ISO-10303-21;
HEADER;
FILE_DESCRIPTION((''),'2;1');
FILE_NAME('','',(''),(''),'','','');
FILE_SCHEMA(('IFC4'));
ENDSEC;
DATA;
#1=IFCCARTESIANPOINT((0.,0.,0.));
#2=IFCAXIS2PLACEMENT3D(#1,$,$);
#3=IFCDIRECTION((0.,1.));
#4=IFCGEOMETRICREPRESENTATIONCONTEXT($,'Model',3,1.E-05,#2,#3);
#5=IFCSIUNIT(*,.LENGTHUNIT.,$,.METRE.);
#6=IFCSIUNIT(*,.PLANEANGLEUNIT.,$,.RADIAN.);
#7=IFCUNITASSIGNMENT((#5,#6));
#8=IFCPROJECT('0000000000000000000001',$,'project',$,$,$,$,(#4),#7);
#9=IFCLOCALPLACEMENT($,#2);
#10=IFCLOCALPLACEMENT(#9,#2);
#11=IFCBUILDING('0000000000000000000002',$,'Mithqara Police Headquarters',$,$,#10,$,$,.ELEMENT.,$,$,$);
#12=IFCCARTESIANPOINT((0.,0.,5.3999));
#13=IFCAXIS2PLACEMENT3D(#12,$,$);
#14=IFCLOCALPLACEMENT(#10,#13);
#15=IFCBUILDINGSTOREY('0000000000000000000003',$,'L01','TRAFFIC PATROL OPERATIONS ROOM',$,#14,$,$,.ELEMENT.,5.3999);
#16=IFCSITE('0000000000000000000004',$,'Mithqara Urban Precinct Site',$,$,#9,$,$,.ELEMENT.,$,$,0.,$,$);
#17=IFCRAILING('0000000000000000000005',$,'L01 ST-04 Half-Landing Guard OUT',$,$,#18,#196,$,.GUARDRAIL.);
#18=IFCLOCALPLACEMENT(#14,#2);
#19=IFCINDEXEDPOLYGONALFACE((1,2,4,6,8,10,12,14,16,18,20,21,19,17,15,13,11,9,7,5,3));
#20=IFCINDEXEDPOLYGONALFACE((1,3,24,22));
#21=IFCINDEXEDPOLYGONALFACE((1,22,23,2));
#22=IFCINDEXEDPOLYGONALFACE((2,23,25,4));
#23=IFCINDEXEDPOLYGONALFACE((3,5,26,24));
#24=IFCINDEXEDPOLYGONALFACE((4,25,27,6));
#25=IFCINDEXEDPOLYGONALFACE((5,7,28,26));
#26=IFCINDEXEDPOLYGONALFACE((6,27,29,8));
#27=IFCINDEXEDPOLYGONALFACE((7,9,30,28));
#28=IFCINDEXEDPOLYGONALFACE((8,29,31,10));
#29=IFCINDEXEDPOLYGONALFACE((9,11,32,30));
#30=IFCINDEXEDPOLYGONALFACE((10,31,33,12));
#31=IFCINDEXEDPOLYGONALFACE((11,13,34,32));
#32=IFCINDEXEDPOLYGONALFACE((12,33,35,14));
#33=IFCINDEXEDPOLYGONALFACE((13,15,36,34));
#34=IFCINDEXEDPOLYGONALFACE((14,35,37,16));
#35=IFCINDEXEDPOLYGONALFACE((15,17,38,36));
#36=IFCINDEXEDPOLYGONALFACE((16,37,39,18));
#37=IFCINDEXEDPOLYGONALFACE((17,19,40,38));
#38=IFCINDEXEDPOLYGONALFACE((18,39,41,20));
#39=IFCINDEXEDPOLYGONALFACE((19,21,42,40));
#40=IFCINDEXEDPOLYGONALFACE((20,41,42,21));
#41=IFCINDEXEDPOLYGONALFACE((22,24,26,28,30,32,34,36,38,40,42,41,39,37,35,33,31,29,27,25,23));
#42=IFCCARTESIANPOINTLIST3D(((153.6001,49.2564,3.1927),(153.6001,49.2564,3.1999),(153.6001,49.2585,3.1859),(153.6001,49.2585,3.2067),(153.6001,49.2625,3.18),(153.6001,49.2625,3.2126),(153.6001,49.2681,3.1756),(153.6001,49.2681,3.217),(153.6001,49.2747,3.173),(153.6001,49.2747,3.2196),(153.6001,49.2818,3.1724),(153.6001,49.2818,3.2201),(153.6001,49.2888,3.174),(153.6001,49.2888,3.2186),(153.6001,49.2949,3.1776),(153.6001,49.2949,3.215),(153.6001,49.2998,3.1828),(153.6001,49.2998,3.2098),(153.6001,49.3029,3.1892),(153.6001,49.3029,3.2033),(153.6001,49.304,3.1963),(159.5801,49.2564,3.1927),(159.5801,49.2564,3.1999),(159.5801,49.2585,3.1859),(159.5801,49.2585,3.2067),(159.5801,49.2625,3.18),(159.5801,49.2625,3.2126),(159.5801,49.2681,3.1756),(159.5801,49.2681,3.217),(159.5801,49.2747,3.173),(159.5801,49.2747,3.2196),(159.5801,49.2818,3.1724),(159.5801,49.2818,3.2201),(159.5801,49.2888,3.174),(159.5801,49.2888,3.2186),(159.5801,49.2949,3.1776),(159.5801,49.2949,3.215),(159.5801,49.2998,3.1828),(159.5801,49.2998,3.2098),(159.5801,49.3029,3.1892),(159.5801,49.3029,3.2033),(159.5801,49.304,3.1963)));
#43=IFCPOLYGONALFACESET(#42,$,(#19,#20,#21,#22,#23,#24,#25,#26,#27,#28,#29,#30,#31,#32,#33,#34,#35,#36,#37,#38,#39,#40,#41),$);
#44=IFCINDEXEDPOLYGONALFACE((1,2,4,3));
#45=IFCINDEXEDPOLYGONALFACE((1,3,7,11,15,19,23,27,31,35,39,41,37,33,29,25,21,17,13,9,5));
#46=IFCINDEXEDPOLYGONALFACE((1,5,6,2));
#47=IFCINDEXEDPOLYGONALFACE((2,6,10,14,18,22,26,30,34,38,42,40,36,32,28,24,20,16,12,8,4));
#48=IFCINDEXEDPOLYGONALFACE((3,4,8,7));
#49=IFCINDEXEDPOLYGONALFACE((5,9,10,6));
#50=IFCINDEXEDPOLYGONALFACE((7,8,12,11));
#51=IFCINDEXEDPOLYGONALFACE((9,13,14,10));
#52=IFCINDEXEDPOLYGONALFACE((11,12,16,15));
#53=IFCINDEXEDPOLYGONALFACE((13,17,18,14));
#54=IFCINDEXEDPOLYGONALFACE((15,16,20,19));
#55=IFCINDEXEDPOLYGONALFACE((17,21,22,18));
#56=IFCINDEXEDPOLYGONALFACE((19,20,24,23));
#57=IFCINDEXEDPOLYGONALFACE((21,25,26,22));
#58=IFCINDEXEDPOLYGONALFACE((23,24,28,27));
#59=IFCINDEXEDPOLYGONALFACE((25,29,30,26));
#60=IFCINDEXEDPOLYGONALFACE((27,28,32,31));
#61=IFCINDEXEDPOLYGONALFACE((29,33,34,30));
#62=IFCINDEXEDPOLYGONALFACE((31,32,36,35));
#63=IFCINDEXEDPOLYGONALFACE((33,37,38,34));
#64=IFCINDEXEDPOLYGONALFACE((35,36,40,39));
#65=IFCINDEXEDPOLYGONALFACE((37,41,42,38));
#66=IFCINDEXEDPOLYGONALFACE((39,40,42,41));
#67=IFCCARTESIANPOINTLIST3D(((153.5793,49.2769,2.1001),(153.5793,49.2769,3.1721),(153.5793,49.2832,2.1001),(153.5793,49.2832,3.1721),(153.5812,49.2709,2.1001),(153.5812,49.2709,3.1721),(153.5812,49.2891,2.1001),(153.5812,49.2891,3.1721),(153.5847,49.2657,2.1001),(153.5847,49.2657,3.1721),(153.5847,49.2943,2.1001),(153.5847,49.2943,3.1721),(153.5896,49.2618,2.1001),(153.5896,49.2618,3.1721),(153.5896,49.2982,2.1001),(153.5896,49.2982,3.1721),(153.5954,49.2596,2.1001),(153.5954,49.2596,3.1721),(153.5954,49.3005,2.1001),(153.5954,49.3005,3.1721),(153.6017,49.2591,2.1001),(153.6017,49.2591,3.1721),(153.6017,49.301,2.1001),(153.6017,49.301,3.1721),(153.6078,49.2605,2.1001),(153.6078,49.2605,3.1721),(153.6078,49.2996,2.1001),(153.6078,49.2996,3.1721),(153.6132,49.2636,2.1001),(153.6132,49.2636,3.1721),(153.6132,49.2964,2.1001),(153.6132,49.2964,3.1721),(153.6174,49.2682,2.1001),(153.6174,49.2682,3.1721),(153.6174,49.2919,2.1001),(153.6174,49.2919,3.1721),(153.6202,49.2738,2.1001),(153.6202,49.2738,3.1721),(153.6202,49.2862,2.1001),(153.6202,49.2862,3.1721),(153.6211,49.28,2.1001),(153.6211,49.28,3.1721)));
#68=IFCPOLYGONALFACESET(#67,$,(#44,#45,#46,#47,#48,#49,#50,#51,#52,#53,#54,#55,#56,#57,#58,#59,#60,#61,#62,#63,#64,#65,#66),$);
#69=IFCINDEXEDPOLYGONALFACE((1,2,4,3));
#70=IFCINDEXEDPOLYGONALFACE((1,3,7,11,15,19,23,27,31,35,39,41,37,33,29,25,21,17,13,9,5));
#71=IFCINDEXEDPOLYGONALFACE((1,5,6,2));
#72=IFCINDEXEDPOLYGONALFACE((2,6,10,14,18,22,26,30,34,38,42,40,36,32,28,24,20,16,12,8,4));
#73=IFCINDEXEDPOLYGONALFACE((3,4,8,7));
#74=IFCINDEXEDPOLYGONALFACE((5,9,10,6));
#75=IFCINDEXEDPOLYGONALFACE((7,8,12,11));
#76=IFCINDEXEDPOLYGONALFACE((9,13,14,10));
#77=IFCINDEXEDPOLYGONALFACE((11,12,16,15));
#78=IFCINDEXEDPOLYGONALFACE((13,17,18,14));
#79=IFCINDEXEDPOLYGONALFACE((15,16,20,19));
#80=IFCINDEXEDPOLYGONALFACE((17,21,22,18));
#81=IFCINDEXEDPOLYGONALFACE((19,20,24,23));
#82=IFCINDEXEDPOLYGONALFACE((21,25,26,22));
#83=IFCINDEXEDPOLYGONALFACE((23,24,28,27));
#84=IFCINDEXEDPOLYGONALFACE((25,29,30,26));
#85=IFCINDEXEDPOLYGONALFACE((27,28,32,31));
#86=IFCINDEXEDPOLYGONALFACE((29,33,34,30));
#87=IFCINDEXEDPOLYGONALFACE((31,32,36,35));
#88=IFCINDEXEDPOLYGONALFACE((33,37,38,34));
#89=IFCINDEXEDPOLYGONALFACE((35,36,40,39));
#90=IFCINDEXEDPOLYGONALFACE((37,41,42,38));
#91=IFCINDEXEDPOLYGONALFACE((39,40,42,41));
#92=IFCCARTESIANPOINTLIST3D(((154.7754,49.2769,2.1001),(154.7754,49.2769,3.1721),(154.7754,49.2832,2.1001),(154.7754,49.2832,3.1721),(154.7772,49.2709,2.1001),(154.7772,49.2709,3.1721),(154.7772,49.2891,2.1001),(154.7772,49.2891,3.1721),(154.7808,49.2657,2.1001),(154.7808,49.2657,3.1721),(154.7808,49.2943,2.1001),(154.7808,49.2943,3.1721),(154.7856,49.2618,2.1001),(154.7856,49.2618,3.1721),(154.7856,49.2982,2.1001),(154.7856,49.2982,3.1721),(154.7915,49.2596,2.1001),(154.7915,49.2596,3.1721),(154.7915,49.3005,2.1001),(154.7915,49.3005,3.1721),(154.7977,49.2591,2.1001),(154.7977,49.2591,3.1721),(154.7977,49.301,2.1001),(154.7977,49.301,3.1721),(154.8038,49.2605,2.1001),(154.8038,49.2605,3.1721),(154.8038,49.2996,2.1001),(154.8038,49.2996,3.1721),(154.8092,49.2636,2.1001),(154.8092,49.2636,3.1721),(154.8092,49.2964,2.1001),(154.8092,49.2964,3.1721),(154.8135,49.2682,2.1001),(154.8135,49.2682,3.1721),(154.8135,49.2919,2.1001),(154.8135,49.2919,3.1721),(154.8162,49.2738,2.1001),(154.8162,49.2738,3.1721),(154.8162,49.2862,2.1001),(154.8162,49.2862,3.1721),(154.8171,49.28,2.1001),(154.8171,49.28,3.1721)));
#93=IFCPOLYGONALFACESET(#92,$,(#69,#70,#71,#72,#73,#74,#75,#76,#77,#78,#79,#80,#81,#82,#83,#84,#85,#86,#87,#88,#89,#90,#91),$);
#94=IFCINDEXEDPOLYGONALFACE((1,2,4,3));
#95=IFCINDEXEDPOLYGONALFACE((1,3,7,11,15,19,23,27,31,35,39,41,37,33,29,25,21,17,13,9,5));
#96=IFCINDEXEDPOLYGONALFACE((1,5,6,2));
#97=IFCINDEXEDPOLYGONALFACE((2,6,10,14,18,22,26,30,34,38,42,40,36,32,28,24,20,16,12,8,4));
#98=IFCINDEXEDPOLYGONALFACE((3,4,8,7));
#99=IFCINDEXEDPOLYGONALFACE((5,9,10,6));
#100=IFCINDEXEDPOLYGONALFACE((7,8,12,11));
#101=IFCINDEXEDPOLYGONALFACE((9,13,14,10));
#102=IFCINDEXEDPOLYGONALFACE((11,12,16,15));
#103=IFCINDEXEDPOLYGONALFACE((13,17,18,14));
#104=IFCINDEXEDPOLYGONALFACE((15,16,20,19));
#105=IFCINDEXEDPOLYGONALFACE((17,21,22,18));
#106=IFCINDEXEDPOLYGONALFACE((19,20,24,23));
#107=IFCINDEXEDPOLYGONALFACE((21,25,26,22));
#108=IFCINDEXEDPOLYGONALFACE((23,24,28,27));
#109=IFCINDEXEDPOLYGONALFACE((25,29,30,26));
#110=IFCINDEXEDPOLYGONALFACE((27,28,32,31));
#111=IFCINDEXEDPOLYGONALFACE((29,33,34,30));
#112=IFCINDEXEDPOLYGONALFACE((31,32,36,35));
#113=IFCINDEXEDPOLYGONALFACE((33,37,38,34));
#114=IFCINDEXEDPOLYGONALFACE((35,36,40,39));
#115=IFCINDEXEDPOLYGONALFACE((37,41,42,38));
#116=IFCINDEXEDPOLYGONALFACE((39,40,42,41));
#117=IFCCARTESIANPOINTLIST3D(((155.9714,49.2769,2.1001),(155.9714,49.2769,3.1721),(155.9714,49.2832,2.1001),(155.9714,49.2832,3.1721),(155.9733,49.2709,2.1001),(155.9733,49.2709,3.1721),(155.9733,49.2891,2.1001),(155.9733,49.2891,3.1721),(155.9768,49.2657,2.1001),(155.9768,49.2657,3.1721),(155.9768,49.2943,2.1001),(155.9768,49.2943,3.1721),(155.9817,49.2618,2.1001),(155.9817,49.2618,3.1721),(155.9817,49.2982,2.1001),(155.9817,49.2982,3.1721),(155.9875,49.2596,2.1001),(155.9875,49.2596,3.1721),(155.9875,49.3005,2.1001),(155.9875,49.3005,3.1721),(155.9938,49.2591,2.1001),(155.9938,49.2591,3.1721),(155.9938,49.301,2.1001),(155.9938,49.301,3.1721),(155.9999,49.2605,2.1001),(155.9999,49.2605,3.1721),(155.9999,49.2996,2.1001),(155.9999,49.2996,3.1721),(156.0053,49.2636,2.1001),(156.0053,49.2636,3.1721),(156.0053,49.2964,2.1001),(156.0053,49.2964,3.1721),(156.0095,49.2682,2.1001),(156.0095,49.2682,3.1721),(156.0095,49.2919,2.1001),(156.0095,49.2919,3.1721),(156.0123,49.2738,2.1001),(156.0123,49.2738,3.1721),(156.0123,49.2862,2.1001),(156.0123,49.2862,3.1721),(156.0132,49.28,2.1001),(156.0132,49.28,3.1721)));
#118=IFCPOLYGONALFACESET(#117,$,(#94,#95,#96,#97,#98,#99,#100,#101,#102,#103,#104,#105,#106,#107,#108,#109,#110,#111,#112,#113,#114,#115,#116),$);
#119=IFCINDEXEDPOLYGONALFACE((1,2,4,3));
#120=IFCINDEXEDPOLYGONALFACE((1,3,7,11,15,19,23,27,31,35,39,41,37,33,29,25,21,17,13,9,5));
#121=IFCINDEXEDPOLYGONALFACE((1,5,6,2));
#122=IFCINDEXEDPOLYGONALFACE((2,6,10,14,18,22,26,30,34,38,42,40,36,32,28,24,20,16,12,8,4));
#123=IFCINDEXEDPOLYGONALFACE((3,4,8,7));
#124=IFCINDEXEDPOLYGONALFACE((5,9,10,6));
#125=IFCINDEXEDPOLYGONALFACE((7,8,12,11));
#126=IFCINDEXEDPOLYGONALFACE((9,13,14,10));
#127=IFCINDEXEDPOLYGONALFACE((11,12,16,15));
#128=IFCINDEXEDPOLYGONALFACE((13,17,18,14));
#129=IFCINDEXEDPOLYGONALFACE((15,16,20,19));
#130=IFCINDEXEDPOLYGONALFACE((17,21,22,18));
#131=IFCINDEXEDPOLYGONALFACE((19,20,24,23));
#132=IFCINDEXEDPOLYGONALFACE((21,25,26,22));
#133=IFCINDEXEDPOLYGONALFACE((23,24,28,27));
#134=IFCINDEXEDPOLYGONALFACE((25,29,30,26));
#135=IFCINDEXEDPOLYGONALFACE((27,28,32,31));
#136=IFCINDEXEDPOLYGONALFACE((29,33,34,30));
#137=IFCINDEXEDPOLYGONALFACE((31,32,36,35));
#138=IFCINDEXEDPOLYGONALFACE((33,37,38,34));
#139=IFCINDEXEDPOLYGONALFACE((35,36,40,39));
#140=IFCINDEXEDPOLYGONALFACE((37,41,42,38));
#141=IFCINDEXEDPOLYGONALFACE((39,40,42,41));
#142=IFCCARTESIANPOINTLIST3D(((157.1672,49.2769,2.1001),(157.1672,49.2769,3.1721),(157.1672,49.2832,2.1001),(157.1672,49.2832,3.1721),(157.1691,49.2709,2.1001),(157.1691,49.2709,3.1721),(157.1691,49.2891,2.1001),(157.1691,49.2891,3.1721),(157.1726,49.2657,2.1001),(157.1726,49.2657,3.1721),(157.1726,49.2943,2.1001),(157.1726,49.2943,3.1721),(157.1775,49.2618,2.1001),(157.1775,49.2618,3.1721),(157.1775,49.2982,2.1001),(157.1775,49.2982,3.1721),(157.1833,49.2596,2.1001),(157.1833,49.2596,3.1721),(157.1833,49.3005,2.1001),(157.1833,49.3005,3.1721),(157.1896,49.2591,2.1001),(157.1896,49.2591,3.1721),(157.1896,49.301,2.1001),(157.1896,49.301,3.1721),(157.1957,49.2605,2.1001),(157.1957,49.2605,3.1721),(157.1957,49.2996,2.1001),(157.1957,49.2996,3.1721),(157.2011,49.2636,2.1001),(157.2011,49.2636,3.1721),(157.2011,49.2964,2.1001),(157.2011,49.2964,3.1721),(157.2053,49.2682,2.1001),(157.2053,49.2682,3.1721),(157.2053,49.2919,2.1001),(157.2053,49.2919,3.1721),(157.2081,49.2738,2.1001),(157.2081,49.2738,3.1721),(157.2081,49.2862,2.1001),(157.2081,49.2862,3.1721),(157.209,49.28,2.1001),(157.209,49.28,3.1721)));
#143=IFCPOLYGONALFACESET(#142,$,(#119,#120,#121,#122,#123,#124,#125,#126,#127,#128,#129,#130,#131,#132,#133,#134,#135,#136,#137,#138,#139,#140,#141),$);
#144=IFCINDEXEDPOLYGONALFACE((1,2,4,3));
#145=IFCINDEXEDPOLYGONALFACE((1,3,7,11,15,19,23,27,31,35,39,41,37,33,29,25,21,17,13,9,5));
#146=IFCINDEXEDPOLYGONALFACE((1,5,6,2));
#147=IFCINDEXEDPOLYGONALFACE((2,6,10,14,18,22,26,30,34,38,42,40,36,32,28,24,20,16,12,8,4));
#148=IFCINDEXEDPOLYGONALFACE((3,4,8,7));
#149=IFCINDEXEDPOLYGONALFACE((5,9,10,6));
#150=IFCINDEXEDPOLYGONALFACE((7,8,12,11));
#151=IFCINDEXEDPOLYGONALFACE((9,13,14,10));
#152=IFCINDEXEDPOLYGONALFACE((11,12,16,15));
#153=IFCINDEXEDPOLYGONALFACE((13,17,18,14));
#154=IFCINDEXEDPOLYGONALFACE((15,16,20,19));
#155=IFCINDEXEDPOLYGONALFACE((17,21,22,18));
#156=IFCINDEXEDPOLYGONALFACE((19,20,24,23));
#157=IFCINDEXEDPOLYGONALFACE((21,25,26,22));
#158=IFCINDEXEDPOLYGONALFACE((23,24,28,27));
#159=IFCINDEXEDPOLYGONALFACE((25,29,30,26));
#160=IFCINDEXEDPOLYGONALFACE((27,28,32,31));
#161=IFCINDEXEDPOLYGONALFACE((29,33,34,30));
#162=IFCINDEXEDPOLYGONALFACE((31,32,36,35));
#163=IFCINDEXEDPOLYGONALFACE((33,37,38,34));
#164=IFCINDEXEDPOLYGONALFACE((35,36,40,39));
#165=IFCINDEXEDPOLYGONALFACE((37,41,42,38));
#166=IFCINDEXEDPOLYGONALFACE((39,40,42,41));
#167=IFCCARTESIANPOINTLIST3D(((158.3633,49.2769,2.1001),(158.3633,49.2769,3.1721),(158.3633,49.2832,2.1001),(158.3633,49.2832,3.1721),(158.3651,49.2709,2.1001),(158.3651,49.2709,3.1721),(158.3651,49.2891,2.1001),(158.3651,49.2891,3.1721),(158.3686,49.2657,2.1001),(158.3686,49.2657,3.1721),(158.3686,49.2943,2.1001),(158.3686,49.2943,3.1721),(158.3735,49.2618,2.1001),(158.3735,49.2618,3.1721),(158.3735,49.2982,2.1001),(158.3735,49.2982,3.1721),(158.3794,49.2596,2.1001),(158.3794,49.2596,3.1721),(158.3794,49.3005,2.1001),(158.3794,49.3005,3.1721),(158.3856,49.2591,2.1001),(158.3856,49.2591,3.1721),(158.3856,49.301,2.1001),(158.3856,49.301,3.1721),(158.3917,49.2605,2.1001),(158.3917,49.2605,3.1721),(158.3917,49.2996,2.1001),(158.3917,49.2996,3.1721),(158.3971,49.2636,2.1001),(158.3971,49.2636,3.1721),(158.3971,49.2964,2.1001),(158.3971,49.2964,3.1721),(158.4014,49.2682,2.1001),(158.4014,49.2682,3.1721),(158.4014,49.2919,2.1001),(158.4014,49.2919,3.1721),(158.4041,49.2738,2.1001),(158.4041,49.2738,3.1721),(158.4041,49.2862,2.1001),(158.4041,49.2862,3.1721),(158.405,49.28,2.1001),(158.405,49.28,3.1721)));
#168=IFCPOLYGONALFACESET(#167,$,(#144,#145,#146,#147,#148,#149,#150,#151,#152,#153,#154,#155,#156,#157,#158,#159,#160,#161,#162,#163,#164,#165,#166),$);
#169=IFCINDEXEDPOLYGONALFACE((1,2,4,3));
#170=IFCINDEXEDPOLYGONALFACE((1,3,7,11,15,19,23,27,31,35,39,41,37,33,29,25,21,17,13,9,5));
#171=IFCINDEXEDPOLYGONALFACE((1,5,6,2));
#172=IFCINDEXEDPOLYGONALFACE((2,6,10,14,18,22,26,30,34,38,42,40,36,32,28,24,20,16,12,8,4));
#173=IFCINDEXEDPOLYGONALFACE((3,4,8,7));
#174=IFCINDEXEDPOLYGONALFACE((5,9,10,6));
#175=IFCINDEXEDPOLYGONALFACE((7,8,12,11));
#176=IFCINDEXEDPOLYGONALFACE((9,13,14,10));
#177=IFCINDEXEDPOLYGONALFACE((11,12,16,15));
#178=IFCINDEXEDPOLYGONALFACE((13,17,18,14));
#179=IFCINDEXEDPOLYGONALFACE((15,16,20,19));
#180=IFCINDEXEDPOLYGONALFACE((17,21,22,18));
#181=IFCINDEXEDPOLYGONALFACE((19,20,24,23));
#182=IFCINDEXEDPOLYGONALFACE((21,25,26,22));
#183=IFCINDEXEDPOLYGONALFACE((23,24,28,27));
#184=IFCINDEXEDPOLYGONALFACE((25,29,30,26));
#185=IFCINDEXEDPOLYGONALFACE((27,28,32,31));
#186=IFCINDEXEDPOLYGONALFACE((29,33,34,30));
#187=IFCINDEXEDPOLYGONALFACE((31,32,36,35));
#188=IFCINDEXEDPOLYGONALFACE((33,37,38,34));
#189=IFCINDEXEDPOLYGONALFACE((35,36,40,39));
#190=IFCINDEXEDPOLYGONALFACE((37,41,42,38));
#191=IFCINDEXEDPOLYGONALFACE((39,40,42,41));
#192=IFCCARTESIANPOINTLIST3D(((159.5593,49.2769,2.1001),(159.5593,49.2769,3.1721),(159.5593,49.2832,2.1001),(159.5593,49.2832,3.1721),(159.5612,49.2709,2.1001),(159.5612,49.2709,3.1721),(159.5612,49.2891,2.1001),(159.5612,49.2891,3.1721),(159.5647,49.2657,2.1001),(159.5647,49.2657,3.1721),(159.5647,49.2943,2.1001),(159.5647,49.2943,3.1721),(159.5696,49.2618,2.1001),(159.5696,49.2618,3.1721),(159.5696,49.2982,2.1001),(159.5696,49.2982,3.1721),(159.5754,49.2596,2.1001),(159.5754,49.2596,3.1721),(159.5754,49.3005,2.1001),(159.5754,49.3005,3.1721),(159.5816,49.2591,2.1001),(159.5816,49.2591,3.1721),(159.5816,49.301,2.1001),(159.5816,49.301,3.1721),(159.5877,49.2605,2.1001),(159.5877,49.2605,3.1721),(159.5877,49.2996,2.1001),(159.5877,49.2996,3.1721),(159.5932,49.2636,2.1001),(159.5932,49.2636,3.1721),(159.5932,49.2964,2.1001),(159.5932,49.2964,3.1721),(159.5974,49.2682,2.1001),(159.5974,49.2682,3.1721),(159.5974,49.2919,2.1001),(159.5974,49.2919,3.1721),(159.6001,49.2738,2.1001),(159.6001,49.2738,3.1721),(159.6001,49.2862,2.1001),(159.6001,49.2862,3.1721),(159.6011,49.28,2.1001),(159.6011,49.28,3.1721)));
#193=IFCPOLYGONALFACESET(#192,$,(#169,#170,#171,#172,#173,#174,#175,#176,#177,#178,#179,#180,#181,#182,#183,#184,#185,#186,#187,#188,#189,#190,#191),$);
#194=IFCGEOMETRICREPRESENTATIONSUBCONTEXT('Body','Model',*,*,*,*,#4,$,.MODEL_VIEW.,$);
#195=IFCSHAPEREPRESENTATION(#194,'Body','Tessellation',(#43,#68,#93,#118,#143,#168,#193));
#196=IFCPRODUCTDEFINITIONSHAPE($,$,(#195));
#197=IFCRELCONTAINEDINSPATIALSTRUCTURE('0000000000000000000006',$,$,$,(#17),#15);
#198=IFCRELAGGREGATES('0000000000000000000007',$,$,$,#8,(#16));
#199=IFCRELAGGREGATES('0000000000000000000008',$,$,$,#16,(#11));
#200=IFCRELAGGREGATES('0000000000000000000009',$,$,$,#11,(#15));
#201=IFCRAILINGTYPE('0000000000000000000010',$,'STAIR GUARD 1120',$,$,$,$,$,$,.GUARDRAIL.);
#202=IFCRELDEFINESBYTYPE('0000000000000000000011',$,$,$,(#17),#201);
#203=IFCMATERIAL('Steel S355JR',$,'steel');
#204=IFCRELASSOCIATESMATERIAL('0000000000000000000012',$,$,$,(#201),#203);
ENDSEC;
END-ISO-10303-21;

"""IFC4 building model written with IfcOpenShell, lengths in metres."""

from ifc_helpers import new_model, si_unit, direction, frame, origin, origin_2d, place, context, subcontext, project, spatial, circle, extrude, material, type_object, element, save


model = new_model("IFC4")

# Units and contexts
model_context = context("Model", 3, precision=1e-05, world=origin(), true_north=direction((0.0, 1.0)))
body_context = subcontext(model_context, "Body", "Model", "MODEL_VIEW")
ifc_project = project(units=[si_unit("LENGTHUNIT", "METRE"), si_unit("PLANEANGLEUNIT", "RADIAN")], contexts=[model_context])

# Site, building, storey
site_placement = place(None, origin())
site = spatial("IfcSite", under=ifc_project, at=site_placement, Name="Mithqara Urban Precinct Site", CompositionType="ELEMENT", RefElevation=0.0)
building_placement = place(site_placement, origin())
building = spatial("IfcBuilding", under=site, at=building_placement, Name="Mithqara Police Headquarters", CompositionType="ELEMENT")
storey_placement = place(building_placement, frame((0.0, 0.0, 5.3999)))
storey = spatial("IfcBuildingStorey", under=building, at=storey_placement, Name="L01", Description="TRAFFIC PATROL OPERATIONS ROOM", CompositionType="ELEMENT", Elevation=5.3999)

# Shared definitions
ifc_material_1 = material(Name="Steel S355JR", Category="steel")

# Railing
railing_type_1 = type_object("IfcRailingType", Name="STAIR GUARD 1120", PredefinedType="GUARDRAIL", material=ifc_material_1)
for number, where, name in (
    (1, (153.6001, 49.28, 2.1001), "L01 ST-04 Half-Landing Guard OUT"),
):
    element("IfcRailing", number, at=place(storey_placement, frame(where)), inside=storey, type_object=railing_type_1, Name=name, PredefinedType="GUARDRAIL", context=body_context, shape_type="SweptSolid", body=[
        extrude(circle(Radius=0.0239, at=origin_2d()), frame((0.0, 0.0, 1.0962), z_axis=(1.0, 0.0, 0.0), x_axis=(0.0, 1.0, 0.0)), (0.0, 0.0, 1.0), 5.98),
        extrude(circle(Radius=0.021, at=origin_2d()), origin(), (0.0, 0.0, 1.0), 1.072),
        extrude(circle(Radius=0.021, at=origin_2d()), frame((1.196, 0.0, 0.0)), (0.0, 0.0, 1.0), 1.072),
        extrude(circle(Radius=0.021, at=origin_2d()), frame((2.3921, 0.0, 0.0)), (0.0, 0.0, 1.0), 1.072),
        extrude(circle(Radius=0.021, at=origin_2d()), frame((3.5879, 0.0, 0.0)), (0.0, 0.0, 1.0), 1.072),
        extrude(circle(Radius=0.021, at=origin_2d()), frame((4.7839, 0.0, 0.0)), (0.0, 0.0, 1.0), 1.072),
        extrude(circle(Radius=0.021, at=origin_2d()), frame((5.98, 0.0, 0.0)), (0.0, 0.0, 1.0), 1.072),
    ])

save(model, "model.ifc")
